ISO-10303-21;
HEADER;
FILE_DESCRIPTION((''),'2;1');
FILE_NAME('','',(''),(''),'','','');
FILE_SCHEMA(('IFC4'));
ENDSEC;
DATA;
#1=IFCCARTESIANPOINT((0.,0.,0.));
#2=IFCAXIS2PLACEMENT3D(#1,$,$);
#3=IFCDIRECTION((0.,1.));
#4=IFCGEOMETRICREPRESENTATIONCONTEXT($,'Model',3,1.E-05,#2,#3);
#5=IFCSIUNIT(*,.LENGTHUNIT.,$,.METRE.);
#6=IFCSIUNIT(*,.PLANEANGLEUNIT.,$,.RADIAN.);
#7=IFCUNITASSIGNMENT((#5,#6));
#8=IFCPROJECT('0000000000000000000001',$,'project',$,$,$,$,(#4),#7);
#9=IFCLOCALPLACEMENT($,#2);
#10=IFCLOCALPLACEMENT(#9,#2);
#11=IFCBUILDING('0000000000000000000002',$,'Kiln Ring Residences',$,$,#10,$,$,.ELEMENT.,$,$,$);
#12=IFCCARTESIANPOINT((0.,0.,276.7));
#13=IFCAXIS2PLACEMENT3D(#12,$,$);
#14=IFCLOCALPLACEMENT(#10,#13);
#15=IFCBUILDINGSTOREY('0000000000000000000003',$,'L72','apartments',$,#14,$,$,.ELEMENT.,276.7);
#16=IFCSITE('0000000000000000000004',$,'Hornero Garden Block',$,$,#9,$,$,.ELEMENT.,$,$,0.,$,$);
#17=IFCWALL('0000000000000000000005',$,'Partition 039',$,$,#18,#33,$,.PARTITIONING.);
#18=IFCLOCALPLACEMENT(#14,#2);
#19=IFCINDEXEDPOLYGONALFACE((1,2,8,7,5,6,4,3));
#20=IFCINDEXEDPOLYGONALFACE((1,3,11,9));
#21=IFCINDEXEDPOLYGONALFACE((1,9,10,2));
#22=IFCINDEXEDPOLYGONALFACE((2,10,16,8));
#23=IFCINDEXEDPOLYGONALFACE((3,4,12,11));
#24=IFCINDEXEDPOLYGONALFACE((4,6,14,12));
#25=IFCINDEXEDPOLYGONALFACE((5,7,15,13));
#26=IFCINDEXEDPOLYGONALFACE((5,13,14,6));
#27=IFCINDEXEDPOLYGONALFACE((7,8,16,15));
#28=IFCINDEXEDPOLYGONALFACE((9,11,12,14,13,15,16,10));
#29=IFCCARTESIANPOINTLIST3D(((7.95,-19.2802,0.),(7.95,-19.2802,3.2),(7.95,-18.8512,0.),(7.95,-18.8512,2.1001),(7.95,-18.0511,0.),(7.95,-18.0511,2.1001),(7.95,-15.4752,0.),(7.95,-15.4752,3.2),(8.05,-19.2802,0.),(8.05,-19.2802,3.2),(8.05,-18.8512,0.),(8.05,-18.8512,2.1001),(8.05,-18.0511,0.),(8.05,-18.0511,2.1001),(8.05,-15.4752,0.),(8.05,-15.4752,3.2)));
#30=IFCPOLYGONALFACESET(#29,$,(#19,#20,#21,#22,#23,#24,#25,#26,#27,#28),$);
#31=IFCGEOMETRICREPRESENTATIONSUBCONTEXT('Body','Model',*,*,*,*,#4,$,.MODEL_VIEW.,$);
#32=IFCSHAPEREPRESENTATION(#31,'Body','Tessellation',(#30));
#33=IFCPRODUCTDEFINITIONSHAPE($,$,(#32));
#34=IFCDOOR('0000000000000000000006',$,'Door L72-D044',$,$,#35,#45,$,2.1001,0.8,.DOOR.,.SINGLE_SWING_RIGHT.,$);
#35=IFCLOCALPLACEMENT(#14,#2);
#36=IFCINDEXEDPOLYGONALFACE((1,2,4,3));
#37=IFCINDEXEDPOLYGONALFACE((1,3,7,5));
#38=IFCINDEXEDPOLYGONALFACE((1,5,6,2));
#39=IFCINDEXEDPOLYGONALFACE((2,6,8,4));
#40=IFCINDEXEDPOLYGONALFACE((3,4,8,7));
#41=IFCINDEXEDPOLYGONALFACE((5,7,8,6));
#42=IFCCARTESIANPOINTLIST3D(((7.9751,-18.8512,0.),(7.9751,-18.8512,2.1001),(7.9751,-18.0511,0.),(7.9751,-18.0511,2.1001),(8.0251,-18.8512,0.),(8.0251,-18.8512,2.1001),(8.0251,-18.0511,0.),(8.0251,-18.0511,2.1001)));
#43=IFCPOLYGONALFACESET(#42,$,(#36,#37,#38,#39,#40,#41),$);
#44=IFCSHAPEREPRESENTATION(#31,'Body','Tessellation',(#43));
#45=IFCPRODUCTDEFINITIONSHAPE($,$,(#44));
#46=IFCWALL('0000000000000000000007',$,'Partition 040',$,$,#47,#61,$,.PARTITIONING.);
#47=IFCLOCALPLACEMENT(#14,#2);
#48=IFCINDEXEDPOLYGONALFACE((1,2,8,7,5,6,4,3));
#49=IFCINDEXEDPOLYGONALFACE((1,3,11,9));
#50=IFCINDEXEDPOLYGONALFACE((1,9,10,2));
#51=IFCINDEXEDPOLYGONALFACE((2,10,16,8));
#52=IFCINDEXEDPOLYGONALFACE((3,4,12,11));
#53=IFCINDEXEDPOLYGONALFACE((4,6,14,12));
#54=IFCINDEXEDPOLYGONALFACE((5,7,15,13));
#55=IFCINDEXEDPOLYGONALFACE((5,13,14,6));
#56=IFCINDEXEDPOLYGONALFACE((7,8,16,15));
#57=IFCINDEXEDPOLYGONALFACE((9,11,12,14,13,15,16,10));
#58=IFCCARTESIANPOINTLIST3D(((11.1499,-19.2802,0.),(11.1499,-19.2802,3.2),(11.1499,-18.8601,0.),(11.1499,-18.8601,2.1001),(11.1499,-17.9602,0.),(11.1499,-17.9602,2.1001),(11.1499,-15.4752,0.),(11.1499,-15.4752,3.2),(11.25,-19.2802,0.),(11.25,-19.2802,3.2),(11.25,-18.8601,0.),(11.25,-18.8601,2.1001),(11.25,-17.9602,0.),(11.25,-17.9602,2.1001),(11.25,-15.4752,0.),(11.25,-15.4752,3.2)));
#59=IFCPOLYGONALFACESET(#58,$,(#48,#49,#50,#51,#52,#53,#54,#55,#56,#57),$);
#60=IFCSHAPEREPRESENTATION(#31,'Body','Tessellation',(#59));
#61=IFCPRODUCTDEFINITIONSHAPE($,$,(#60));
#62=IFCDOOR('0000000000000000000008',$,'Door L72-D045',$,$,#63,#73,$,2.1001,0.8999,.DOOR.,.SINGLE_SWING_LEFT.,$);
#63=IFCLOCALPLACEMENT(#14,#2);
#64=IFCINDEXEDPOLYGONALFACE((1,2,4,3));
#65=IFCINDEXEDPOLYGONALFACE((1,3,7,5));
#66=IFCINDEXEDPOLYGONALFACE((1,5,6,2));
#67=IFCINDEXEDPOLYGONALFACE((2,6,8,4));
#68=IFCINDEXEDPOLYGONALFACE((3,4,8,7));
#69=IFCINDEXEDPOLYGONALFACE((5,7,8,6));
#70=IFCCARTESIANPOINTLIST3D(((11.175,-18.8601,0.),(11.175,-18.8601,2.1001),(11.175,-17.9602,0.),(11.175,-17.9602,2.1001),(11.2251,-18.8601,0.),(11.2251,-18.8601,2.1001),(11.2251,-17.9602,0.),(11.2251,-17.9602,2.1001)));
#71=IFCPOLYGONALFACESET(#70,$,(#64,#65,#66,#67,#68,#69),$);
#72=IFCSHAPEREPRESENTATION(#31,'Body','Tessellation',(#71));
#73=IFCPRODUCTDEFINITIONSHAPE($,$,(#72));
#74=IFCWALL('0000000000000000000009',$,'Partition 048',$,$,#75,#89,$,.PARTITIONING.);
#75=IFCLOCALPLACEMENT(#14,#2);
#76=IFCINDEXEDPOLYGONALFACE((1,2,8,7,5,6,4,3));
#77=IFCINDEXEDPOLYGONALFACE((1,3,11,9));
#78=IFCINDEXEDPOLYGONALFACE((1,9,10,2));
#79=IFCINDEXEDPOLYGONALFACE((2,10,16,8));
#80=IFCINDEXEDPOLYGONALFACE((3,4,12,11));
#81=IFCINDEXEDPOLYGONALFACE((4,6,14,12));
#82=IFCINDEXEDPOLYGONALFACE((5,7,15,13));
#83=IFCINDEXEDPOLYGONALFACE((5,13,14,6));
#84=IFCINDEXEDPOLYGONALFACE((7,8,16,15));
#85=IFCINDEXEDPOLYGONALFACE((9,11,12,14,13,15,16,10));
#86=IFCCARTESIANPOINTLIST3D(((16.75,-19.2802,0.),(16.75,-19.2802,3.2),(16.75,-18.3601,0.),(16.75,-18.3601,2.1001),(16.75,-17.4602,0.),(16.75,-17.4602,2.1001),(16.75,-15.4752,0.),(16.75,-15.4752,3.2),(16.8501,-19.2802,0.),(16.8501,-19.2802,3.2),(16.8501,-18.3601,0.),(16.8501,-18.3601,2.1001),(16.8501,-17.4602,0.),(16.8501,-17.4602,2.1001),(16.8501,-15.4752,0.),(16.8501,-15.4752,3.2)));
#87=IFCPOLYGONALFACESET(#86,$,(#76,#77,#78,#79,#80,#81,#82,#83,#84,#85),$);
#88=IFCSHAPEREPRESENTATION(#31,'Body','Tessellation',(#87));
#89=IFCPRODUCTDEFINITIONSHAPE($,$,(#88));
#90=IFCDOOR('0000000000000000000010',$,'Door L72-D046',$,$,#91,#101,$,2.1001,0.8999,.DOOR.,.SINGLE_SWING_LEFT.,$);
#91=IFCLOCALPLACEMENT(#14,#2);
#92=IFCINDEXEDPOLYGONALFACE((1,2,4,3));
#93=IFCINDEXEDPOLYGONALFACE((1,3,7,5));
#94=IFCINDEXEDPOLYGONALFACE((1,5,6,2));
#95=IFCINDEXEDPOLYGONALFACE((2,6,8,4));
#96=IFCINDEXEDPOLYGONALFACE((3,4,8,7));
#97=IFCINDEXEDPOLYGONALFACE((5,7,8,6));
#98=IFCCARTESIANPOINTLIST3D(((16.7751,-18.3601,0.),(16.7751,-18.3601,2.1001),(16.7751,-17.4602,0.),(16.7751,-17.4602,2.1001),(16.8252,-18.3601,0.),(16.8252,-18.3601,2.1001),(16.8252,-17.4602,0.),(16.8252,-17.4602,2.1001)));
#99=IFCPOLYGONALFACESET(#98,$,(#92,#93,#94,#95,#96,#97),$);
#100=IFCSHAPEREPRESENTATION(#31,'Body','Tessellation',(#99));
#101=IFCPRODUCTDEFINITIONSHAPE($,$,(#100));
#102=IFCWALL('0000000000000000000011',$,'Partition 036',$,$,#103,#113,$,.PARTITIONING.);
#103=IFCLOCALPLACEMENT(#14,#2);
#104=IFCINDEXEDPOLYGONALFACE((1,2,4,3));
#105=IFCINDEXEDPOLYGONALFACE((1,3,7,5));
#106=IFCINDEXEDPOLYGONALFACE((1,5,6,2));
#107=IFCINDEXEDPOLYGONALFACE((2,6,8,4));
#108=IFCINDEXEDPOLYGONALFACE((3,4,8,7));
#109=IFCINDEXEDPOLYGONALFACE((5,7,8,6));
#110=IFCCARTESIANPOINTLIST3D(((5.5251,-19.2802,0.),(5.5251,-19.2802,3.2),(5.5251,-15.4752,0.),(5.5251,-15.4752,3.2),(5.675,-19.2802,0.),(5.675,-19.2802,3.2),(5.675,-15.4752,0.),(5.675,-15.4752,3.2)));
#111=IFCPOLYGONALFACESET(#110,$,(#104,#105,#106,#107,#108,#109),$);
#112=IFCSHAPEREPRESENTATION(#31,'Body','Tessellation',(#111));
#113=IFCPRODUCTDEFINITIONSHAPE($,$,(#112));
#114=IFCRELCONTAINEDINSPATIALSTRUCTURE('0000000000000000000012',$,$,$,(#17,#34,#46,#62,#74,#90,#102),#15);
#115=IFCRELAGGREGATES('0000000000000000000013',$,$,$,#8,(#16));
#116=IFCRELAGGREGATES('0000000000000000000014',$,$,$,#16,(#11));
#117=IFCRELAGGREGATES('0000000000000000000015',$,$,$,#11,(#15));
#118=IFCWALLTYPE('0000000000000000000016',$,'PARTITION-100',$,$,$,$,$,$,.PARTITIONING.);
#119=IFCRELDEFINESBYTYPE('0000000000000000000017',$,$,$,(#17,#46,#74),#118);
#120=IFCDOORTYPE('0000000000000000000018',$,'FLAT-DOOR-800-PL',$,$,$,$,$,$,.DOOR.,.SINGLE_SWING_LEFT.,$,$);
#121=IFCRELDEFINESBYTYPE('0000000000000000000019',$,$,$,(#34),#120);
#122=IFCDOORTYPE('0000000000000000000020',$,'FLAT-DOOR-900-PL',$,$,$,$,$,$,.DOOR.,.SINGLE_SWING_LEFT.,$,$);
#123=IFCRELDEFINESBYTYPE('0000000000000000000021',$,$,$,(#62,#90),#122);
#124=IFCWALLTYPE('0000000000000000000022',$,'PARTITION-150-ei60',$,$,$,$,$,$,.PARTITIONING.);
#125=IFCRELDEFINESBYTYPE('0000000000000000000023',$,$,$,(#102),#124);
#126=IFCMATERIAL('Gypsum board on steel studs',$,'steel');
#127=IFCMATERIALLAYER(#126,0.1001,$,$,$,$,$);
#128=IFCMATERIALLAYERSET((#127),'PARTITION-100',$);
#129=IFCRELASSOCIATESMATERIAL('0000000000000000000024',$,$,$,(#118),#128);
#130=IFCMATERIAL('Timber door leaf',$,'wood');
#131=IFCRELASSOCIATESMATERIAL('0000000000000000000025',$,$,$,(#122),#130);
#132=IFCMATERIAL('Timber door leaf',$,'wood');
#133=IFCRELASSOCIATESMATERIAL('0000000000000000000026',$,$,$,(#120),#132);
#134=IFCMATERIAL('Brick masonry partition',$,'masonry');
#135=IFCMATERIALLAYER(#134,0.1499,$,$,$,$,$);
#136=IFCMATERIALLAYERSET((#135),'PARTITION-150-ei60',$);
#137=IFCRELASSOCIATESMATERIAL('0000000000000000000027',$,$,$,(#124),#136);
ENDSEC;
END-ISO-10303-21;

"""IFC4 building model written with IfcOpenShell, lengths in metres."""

from ifc_helpers import new_model, si_unit, direction, frame, frame_2d, origin, place, context, subcontext, project, spatial, rectangle, extrude, material, layer, layer_set, type_object, element, fill, save


model = new_model("IFC4")

# Units and contexts
model_context = context("Model", 3, precision=1e-05, world=origin(), true_north=direction((0.0, 1.0)))
body_context = subcontext(model_context, "Body", "Model", "MODEL_VIEW")
ifc_project = project(units=[si_unit("LENGTHUNIT", "METRE"), si_unit("PLANEANGLEUNIT", "RADIAN")], contexts=[model_context])

# Site, building, storey
site_placement = place(None, origin())
site = spatial("IfcSite", under=ifc_project, at=site_placement, Name="Hornero Garden Block", CompositionType="ELEMENT", RefElevation=0.0)
building_placement = place(site_placement, origin())
building = spatial("IfcBuilding", under=site, at=building_placement, Name="Kiln Ring Residences", CompositionType="ELEMENT")
storey_placement = place(building_placement, frame((0.0, 0.0, 276.7)))
storey = spatial("IfcBuildingStorey", under=building, at=storey_placement, Name="L72", Description="apartments", CompositionType="ELEMENT", Elevation=276.7)

# Walls, openings, doors
ifc_material_1 = material(Name="Gypsum board on steel studs", Category="steel")
ifc_layer_1 = layer(ifc_material_1, 0.1001)
ifc_layer_set_1 = layer_set([ifc_layer_1], Name="PARTITION-100")
wall_type_1 = type_object("IfcWallType", Name="PARTITION-100", PredefinedType="PARTITIONING", material=ifc_layer_set_1)
ifc_material_2 = material(Name="Timber door leaf", Category="wood")
door_type_1 = type_object("IfcDoorType", Name="FLAT-DOOR-900-PL", OperationType="SINGLE_SWING_LEFT", PredefinedType="DOOR", material=ifc_material_2)
wall_1_placement = place(storey_placement, frame((8.0, -19.28, 0.0), z_axis=(0.0, 0.0, 1.0), x_axis=(0.0, 1.0, 0.0)))
wall_1 = element("IfcWall", 1, at=wall_1_placement, inside=storey, type_object=wall_type_1, Name="Partition 039", PredefinedType="PARTITIONING", context=body_context, shape_type="SweptSolid", body=[
    extrude(rectangle(XDim=3.8049, YDim=0.1001, at=frame_2d((1.9023, 0.0))), origin(), (0.0, 0.0, 1.0), 3.2),
])
opening_1_placement = place(wall_1_placement, frame((0.429, 0.0, 0.0)))
opening_1 = element("IfcOpeningElement", 2, at=opening_1_placement, cuts=wall_1, PredefinedType="OPENING", context=body_context, shape_type="SweptSolid", body=[
    extrude(rectangle(XDim=0.8, YDim=2.1001, at=frame_2d((0.3999, 1.05))), frame((0.0, 0.0601, 0.0), z_axis=(0.0, -1.0, 0.0), x_axis=(1.0, 0.0, 0.0)), (0.0, 0.0, 1.0), 0.1201),
])
ifc_material_3 = material(Name="Timber door leaf", Category="wood")
door_type_2 = type_object("IfcDoorType", Name="FLAT-DOOR-800-PL", OperationType="SINGLE_SWING_LEFT", PredefinedType="DOOR", material=ifc_material_3)
door_1_placement = place(opening_1_placement, origin())
door_1 = element("IfcDoor", 3, at=door_1_placement, inside=storey, type_object=door_type_2, Name="Door L72-D044", OperationType="SINGLE_SWING_RIGHT", OverallHeight=2.1001, OverallWidth=0.8, PredefinedType="DOOR", context=body_context, shape_type="SweptSolid", body=[
    extrude(rectangle(XDim=0.8, YDim=2.1001, at=frame_2d((0.3999, 1.05))), frame((0.0, 0.0249, 0.0), z_axis=(0.0, -1.0, 0.0), x_axis=(1.0, 0.0, 0.0)), (0.0, 0.0, 1.0), 0.05),
])
fill(opening_1, door_1)
wall_2_placement = place(storey_placement, frame((11.2, -19.28, 0.0), z_axis=(0.0, 0.0, 1.0), x_axis=(0.0, 1.0, 0.0)))
wall_2 = element("IfcWall", 4, at=wall_2_placement, inside=storey, type_object=wall_type_1, Name="Partition 040", PredefinedType="PARTITIONING", context=body_context, shape_type="SweptSolid", body=[
    extrude(rectangle(XDim=3.8049, YDim=0.1001, at=frame_2d((1.9023, 0.0))), origin(), (0.0, 0.0, 1.0), 3.2),
])
opening_2_placement = place(wall_2_placement, frame((0.4199, 0.0, 0.0)))
opening_2 = element("IfcOpeningElement", 5, at=opening_2_placement, cuts=wall_2, PredefinedType="OPENING", context=body_context, shape_type="SweptSolid", body=[
    extrude(rectangle(XDim=0.8999, YDim=2.1001, at=frame_2d((0.45, 1.05))), frame((0.0, 0.0601, 0.0), z_axis=(0.0, -1.0, 0.0), x_axis=(1.0, 0.0, 0.0)), (0.0, 0.0, 1.0), 0.1201),
])
door_2_placement = place(opening_2_placement, origin())
door_2 = element("IfcDoor", 6, at=door_2_placement, inside=storey, type_object=door_type_1, Name="Door L72-D045", OperationType="SINGLE_SWING_LEFT", OverallHeight=2.1001, OverallWidth=0.8999, PredefinedType="DOOR", context=body_context, shape_type="SweptSolid", body=[
    extrude(rectangle(XDim=0.8999, YDim=2.1001, at=frame_2d((0.45, 1.05))), frame((0.0, 0.0249, 0.0), z_axis=(0.0, -1.0, 0.0), x_axis=(1.0, 0.0, 0.0)), (0.0, 0.0, 1.0), 0.05),
])
fill(opening_2, door_2)
wall_3_placement = place(storey_placement, frame((16.8, -19.28, 0.0), z_axis=(0.0, 0.0, 1.0), x_axis=(0.0, 1.0, 0.0)))
wall_3 = element("IfcWall", 7, at=wall_3_placement, inside=storey, type_object=wall_type_1, Name="Partition 048", PredefinedType="PARTITIONING", context=body_context, shape_type="SweptSolid", body=[
    extrude(rectangle(XDim=3.8049, YDim=0.1001, at=frame_2d((1.9023, 0.0))), origin(), (0.0, 0.0, 1.0), 3.2),
])
opening_3_placement = place(wall_3_placement, frame((0.9199, 0.0, 0.0)))
opening_3 = element("IfcOpeningElement", 8, at=opening_3_placement, cuts=wall_3, PredefinedType="OPENING", context=body_context, shape_type="SweptSolid", body=[
    extrude(rectangle(XDim=0.8999, YDim=2.1001, at=frame_2d((0.45, 1.05))), frame((0.0, 0.0601, 0.0), z_axis=(0.0, -1.0, 0.0), x_axis=(1.0, 0.0, 0.0)), (0.0, 0.0, 1.0), 0.1201),
])
door_3_placement = place(opening_3_placement, origin())
door_3 = element("IfcDoor", 9, at=door_3_placement, inside=storey, type_object=door_type_1, Name="Door L72-D046", OperationType="SINGLE_SWING_LEFT", OverallHeight=2.1001, OverallWidth=0.8999, PredefinedType="DOOR", context=body_context, shape_type="SweptSolid", body=[
    extrude(rectangle(XDim=0.8999, YDim=2.1001, at=frame_2d((0.45, 1.05))), frame((0.0, 0.0249, 0.0), z_axis=(0.0, -1.0, 0.0), x_axis=(1.0, 0.0, 0.0)), (0.0, 0.0, 1.0), 0.05),
])
fill(opening_3, door_3)

# Wall
ifc_material_4 = material(Name="Brick masonry partition", Category="masonry")
ifc_layer_2 = layer(ifc_material_4, 0.1499)
ifc_layer_set_2 = layer_set([ifc_layer_2], Name="PARTITION-150-ei60")
wall_type_2 = type_object("IfcWallType", Name="PARTITION-150-ei60", PredefinedType="PARTITIONING", material=ifc_layer_set_2)
wall_4_placement = place(storey_placement, frame((5.6001, -19.28, 0.0), z_axis=(0.0, 0.0, 1.0), x_axis=(0.0, 1.0, 0.0)))
element("IfcWall", 10, at=wall_4_placement, inside=storey, type_object=wall_type_2, Name="Partition 036", PredefinedType="PARTITIONING", context=body_context, shape_type="SweptSolid", body=[
    extrude(rectangle(XDim=3.8049, YDim=0.1499, at=frame_2d((1.9023, 0.0))), origin(), (0.0, 0.0, 1.0), 3.2),
])

save(model, "model.ifc")
